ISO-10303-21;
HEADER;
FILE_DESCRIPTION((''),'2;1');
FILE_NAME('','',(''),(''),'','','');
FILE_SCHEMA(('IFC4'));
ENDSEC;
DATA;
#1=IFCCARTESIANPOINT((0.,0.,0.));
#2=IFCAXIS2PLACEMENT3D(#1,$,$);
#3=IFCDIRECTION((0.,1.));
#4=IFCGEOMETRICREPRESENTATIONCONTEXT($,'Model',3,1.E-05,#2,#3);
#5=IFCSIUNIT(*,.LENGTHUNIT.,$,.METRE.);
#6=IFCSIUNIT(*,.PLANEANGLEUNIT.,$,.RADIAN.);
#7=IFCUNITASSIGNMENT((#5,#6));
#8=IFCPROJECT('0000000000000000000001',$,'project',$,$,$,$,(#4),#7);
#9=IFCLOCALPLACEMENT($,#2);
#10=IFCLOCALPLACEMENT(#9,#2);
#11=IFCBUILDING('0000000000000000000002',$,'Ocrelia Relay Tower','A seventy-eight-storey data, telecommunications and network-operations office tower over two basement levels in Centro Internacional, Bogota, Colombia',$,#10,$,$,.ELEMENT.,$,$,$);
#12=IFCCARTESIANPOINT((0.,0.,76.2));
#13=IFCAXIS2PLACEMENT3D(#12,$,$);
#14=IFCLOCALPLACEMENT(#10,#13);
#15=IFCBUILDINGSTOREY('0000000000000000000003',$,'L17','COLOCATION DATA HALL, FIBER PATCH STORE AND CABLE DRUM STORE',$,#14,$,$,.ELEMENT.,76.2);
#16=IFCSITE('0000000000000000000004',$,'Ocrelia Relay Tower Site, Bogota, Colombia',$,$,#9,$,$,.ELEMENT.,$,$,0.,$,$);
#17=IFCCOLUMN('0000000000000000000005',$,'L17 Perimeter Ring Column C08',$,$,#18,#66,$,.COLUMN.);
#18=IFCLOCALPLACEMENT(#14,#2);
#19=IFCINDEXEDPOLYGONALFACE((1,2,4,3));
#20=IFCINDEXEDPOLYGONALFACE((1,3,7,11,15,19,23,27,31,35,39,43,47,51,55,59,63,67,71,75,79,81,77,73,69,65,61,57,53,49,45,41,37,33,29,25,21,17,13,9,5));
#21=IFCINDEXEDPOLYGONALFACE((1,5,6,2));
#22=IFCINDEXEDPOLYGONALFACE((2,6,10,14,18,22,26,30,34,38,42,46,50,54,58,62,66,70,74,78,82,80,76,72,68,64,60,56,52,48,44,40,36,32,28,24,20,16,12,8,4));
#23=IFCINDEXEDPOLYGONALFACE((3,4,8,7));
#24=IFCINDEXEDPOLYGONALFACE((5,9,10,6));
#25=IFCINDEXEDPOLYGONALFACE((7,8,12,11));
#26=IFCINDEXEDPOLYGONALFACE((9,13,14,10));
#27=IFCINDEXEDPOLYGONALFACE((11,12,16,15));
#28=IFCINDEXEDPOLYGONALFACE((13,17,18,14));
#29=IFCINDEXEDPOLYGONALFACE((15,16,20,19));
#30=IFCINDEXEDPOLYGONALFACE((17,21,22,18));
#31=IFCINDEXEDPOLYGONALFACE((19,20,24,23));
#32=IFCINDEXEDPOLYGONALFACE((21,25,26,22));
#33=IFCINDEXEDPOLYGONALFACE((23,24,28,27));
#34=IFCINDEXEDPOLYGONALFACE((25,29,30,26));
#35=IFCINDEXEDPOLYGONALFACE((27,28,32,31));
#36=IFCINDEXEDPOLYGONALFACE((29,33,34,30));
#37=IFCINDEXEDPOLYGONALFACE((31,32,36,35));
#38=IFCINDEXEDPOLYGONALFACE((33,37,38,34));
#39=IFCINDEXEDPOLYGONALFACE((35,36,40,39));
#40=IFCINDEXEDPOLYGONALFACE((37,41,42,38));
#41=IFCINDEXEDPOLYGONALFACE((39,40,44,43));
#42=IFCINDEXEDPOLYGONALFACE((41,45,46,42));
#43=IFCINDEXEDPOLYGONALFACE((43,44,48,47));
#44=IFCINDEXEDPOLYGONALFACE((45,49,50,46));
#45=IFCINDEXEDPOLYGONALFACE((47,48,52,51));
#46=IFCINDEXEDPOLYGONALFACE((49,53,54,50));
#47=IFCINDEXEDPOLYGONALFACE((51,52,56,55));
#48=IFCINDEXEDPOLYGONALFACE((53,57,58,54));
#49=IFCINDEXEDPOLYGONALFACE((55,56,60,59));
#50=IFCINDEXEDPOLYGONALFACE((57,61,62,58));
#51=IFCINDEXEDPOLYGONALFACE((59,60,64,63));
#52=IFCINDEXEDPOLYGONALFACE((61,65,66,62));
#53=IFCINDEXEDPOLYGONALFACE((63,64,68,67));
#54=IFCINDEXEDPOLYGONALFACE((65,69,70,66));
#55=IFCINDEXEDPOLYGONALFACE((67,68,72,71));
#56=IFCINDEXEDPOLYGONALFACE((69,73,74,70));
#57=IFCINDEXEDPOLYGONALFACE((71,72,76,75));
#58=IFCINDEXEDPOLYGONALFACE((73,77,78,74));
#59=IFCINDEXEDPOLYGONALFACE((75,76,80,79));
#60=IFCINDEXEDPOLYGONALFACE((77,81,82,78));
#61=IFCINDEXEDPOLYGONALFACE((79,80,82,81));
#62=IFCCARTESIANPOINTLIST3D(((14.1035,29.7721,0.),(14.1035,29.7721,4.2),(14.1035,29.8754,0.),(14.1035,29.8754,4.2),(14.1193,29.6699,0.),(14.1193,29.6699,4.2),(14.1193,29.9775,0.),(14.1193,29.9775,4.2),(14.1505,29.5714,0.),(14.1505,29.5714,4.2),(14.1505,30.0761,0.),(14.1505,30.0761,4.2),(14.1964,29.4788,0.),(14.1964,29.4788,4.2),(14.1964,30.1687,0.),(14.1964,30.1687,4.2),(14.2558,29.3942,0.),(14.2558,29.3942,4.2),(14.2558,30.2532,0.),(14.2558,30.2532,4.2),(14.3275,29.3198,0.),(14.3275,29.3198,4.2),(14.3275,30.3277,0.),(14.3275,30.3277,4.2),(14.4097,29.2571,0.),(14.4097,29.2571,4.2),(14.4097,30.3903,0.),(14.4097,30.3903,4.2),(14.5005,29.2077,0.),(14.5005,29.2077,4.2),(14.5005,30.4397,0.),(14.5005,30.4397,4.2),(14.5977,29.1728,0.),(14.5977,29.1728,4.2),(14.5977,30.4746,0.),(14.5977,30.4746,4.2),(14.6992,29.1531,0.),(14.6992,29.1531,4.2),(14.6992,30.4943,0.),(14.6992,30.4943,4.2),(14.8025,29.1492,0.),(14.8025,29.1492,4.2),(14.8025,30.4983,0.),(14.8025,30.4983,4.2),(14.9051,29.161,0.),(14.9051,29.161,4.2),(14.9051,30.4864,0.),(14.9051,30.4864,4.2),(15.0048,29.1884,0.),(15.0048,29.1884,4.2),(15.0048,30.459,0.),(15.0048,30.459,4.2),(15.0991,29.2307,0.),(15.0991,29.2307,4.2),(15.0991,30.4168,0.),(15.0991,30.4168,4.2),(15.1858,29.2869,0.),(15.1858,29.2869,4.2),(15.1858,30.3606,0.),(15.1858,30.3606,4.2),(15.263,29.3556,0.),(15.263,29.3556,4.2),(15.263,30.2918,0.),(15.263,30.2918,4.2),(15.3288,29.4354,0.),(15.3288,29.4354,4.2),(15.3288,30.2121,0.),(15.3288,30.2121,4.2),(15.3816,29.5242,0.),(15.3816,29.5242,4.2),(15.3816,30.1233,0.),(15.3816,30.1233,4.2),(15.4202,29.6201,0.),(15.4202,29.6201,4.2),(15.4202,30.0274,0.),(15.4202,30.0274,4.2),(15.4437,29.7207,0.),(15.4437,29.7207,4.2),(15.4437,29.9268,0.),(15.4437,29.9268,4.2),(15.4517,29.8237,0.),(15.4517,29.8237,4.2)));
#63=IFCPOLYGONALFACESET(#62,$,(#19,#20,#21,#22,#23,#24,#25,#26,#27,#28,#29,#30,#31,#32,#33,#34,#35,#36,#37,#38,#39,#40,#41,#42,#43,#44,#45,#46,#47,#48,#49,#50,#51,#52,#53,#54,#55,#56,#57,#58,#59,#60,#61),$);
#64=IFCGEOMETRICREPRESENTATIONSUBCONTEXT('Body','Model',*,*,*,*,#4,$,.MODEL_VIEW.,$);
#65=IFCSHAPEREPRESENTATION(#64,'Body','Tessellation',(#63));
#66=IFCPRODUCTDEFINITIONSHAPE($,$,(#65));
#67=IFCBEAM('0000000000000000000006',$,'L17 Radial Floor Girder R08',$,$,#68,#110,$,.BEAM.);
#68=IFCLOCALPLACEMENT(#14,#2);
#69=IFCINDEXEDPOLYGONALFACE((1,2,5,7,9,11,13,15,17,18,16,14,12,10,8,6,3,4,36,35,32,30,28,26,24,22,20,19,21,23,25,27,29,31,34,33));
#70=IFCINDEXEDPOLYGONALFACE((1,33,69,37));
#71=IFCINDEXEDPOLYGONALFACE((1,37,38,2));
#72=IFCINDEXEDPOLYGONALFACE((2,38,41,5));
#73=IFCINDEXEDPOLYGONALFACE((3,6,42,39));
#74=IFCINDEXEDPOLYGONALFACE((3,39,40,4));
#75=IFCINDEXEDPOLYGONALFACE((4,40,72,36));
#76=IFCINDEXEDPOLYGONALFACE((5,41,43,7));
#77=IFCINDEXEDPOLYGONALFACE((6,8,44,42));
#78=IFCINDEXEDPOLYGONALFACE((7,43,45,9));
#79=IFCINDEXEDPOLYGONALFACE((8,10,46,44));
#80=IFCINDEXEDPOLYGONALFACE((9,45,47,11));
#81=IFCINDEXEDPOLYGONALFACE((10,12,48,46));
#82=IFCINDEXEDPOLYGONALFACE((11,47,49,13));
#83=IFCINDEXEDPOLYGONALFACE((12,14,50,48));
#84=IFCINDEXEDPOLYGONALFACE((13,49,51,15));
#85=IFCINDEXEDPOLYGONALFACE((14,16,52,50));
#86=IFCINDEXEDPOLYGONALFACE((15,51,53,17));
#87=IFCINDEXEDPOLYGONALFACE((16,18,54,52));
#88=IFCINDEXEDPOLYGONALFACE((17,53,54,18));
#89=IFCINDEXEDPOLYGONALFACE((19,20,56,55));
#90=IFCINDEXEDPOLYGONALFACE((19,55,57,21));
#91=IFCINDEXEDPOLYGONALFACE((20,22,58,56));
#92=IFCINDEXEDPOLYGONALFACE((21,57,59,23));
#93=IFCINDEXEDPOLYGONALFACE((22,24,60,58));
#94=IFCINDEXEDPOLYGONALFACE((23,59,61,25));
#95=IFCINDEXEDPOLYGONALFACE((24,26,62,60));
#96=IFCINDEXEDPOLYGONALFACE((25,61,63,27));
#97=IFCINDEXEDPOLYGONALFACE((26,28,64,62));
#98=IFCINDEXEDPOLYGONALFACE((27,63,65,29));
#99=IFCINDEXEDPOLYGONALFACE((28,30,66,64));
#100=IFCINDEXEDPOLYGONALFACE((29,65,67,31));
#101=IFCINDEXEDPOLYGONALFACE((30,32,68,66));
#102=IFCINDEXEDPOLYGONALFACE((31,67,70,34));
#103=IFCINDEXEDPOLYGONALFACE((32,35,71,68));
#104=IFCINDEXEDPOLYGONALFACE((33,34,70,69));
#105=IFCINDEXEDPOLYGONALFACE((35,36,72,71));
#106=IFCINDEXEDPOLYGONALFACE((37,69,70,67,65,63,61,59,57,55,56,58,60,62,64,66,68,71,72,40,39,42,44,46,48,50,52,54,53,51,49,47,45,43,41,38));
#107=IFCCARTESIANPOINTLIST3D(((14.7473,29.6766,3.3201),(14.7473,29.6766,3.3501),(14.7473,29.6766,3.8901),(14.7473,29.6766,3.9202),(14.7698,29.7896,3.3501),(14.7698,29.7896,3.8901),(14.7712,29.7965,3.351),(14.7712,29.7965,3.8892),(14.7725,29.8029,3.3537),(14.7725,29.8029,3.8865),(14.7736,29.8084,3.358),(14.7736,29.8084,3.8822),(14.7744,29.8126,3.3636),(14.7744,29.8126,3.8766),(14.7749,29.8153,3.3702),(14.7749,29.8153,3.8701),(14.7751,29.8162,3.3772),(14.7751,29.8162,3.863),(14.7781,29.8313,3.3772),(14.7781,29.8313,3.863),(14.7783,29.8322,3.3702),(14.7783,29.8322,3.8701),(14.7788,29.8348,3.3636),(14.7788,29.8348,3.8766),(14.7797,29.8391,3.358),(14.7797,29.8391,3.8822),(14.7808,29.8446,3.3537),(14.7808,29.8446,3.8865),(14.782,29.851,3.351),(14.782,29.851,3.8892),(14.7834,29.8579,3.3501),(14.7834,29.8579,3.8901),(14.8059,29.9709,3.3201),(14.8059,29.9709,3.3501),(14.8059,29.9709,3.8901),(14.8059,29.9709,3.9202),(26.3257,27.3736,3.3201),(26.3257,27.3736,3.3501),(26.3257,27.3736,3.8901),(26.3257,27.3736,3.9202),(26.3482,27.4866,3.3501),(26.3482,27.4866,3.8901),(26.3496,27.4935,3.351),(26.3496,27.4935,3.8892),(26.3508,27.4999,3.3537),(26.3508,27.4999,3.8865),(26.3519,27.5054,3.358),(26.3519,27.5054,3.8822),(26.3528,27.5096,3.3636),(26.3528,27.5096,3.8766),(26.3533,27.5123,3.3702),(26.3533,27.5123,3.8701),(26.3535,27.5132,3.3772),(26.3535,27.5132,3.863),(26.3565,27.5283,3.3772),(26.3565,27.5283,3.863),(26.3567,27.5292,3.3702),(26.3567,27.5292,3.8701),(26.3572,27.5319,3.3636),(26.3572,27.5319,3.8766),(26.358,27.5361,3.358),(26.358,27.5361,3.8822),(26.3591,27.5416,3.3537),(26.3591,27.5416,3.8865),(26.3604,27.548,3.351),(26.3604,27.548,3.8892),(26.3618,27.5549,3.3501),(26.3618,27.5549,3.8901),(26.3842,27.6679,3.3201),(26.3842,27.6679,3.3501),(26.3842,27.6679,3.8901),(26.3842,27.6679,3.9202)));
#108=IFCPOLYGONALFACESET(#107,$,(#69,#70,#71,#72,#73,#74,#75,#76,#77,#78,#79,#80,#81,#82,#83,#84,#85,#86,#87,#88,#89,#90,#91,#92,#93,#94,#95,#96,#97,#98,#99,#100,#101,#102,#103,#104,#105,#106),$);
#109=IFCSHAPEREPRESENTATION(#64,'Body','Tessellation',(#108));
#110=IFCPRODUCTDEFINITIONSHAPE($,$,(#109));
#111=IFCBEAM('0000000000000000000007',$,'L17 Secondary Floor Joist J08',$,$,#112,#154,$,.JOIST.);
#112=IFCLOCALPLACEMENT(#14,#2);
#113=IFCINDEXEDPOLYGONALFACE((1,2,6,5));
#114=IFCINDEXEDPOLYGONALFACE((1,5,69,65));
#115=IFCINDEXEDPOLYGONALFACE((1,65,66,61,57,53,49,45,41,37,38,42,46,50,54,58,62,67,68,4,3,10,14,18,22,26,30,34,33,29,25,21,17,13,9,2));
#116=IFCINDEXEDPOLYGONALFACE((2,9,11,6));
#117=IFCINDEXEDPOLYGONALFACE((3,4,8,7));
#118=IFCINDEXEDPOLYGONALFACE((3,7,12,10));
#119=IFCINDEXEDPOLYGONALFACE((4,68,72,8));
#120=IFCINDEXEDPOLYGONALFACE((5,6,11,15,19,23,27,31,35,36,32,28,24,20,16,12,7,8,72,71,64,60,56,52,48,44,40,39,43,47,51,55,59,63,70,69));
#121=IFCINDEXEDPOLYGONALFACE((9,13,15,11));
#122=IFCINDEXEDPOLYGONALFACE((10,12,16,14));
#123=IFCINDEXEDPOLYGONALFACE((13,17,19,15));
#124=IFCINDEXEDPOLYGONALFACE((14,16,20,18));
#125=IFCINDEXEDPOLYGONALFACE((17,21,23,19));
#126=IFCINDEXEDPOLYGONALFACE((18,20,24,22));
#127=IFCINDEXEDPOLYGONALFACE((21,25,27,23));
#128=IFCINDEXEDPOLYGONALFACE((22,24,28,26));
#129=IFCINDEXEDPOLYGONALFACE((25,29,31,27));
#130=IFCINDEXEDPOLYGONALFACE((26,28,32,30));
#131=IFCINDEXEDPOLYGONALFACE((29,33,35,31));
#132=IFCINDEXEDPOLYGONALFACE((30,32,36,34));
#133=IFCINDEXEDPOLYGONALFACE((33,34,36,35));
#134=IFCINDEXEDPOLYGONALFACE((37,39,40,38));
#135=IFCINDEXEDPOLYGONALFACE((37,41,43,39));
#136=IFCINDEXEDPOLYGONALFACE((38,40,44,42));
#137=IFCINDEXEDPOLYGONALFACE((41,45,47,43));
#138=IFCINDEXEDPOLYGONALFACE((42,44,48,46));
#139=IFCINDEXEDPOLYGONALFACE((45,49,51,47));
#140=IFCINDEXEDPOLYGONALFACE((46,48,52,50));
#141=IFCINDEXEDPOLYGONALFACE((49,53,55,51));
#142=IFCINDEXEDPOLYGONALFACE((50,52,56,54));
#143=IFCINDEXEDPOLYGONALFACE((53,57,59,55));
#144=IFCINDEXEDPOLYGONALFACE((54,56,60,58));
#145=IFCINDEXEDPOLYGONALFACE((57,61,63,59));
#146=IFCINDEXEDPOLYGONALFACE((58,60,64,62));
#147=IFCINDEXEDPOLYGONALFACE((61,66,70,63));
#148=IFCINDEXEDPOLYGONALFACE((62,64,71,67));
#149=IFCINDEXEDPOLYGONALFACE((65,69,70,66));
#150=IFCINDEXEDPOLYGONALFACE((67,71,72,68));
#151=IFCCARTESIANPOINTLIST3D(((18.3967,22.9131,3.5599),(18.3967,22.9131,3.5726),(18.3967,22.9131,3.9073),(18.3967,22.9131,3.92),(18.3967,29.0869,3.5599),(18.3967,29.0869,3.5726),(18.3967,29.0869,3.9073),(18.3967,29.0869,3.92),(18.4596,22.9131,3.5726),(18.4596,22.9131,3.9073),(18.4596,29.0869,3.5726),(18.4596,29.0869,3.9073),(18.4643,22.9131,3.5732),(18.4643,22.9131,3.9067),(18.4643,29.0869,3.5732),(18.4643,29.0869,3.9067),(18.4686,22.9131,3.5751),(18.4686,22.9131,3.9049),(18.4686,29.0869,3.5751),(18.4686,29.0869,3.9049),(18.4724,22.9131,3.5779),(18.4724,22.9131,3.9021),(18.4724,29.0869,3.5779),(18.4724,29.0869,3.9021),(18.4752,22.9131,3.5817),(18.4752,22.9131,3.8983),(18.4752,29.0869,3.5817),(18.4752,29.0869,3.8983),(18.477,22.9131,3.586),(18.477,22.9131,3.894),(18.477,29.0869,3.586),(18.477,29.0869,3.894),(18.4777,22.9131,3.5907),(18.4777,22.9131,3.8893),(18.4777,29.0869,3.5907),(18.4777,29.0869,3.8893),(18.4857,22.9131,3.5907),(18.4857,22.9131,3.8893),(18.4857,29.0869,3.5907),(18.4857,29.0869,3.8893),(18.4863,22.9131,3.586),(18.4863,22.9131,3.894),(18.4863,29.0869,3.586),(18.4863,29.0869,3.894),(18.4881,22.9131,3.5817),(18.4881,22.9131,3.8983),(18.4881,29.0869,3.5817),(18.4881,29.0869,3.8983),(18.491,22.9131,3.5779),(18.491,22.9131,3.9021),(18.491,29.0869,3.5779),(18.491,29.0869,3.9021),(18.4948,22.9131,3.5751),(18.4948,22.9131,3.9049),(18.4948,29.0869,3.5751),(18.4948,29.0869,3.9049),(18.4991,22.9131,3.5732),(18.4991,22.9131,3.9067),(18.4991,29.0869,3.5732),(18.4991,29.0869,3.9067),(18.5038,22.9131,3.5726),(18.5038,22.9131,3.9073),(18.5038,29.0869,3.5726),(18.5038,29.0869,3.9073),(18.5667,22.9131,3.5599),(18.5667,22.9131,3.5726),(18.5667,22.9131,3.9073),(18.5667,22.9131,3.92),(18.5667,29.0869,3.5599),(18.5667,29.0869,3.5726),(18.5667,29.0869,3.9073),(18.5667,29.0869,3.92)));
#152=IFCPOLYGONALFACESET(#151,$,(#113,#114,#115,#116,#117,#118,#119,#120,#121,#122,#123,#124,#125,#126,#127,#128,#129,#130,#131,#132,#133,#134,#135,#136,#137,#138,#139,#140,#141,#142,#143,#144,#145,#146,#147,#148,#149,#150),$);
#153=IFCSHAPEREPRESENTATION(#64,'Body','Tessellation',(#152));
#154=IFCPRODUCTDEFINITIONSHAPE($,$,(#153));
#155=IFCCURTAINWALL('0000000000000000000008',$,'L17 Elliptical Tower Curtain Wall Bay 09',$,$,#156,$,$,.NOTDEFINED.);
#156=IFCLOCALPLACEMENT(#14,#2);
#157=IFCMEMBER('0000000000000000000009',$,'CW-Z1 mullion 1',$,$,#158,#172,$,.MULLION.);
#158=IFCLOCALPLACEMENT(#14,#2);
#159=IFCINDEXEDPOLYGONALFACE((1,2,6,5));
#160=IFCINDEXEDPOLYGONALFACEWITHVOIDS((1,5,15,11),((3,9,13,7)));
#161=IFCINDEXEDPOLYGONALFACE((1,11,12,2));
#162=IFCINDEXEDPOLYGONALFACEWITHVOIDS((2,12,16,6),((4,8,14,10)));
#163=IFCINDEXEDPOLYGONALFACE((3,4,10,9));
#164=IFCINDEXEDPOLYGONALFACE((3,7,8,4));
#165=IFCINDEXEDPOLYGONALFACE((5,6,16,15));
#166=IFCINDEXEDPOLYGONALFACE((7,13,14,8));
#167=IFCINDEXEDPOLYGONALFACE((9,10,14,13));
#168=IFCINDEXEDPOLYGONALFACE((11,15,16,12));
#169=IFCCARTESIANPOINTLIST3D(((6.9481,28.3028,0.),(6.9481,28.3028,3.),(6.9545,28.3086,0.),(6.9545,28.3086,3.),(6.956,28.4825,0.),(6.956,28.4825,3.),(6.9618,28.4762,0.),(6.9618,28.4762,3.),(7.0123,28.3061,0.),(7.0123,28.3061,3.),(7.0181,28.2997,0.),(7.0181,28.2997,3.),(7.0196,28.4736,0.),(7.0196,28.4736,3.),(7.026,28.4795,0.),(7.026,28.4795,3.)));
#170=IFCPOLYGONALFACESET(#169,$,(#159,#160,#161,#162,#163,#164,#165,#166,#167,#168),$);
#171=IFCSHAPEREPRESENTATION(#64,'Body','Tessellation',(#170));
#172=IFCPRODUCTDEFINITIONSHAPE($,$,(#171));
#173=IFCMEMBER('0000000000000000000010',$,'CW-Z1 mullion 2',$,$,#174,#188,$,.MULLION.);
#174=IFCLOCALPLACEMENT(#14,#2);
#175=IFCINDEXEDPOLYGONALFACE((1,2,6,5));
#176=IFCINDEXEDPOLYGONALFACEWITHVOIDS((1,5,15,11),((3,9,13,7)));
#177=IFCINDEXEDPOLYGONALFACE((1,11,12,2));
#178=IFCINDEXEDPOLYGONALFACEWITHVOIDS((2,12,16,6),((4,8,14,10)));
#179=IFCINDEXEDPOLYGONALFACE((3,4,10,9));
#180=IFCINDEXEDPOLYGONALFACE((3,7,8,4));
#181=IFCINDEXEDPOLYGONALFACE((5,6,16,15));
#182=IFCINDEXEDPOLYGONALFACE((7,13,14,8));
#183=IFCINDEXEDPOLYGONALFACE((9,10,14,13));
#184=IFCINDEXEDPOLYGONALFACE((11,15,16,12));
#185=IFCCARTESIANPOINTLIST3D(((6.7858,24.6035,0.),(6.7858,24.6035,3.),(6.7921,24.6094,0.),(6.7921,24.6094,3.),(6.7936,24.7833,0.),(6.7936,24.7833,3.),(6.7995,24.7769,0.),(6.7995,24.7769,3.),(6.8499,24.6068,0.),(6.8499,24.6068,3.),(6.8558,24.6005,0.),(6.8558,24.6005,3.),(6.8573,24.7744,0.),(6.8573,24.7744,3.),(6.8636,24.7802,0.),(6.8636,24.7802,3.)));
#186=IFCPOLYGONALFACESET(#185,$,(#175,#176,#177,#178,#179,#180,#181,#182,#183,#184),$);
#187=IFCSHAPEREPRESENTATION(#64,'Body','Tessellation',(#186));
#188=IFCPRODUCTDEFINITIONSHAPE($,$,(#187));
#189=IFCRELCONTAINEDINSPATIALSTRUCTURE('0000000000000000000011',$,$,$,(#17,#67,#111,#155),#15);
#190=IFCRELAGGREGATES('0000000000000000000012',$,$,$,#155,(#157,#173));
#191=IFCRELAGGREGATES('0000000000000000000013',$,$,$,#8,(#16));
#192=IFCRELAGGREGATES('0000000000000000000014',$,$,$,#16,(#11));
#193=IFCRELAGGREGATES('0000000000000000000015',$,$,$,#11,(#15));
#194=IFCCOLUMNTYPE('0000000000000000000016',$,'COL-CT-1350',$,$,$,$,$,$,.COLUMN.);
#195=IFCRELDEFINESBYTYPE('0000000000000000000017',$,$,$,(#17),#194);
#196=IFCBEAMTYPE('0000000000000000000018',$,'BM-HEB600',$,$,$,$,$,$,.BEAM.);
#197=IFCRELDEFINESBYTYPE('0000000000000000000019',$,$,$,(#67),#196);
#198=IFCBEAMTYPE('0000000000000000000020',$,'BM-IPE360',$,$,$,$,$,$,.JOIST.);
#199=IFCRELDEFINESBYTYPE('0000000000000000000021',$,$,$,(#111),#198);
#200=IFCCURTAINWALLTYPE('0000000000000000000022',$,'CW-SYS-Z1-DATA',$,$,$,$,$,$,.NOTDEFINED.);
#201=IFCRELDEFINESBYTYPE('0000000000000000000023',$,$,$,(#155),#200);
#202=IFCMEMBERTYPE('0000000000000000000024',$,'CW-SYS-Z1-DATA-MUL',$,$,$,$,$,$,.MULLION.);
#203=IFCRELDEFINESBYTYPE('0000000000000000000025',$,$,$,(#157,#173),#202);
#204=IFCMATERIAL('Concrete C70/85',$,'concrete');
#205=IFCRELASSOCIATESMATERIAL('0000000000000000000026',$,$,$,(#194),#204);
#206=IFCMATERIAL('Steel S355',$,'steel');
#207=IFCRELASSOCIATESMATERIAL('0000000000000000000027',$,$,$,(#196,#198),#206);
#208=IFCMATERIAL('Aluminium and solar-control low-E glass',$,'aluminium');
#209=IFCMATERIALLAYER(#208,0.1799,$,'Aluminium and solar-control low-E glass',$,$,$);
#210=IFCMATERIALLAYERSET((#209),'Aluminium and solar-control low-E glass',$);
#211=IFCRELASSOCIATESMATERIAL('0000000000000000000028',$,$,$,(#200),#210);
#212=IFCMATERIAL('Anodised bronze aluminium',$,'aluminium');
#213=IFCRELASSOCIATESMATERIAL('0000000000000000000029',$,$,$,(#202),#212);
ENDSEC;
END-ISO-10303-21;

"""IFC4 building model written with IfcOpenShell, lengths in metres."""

from ifc_helpers import new_model, si_unit, direction, frame, origin, origin_2d, place, context, subcontext, project, spatial, hollow_rectangle, circle, i_section, extrude, material, layer, layer_set, material_profile, profile_set, type_object, element, aggregate, save


model = new_model("IFC4")

# Units and contexts
model_context = context("Model", 3, precision=1e-05, world=origin(), true_north=direction((0.0, 1.0)))
body_context = subcontext(model_context, "Body", "Model", "MODEL_VIEW")
ifc_project = project(units=[si_unit("LENGTHUNIT", "METRE"), si_unit("PLANEANGLEUNIT", "RADIAN")], contexts=[model_context])

# Site, building, storey
site_placement = place(None, origin())
site = spatial("IfcSite", under=ifc_project, at=site_placement, Name="Ocrelia Relay Tower Site, Bogota, Colombia", CompositionType="ELEMENT", RefElevation=0.0)
building_placement = place(site_placement, origin())
building = spatial("IfcBuilding", under=site, at=building_placement, Name="Ocrelia Relay Tower", Description="A seventy-eight-storey data, telecommunications and network-operations office tower over two basement levels in Centro Internacional, Bogota, Colombia", CompositionType="ELEMENT")
storey_placement = place(building_placement, frame((0.0, 0.0, 76.2)))
storey = spatial("IfcBuildingStorey", under=building, at=storey_placement, Name="L17", Description="COLOCATION DATA HALL, FIBER PATCH STORE AND CABLE DRUM STORE", CompositionType="ELEMENT", Elevation=76.2)

# Column
ifc_material_1 = material(Name="Concrete C70/85", Category="concrete")
ifc_material_profile_1 = material_profile(ifc_material_1, circle(Radius=0.675, at=origin_2d()), Name="RC-CIR-1350")
ifc_profile_set_1 = profile_set([ifc_material_profile_1], Name="Concrete C70/85")
column_type = type_object("IfcColumnType", Name="COL-CT-1350", PredefinedType="COLUMN", material=ifc_profile_set_1)
column_placement = place(storey_placement, frame((14.7766, 29.8237, 0.0), z_axis=(0.0, 0.0, 1.0), x_axis=(1.0, 0.0, 0.0)))
element("IfcColumn", 1, at=column_placement, inside=storey, type_object=column_type, Name="L17 Perimeter Ring Column C08", PredefinedType="COLUMN", context=body_context, shape_type="SweptSolid", body=[
    extrude(circle(Radius=0.675, at=origin_2d()), origin(), (0.0, 0.0, 1.0), 4.2),
])

# Beams
ifc_material_2 = material(Name="Steel S355", Category="steel")
ifc_material_profile_2 = material_profile(ifc_material_2, i_section(OverallWidth=0.3, OverallDepth=0.6001, WebThickness=0.0154, FlangeThickness=0.03, FilletRadius=0.0271, at=origin_2d()), Name="HEB 600")
ifc_profile_set_2 = profile_set([ifc_material_profile_2], Name="Steel S355")
beam_type_1 = type_object("IfcBeamType", Name="BM-HEB600", PredefinedType="BEAM", material=ifc_profile_set_2)
beam_1_placement = place(storey_placement, frame((14.7766, 29.8237, 3.6201), z_axis=(0.980787, -0.195082, 0.0), x_axis=(0.195082, 0.980787, 0.0)))
element("IfcBeam", 2, at=beam_1_placement, inside=storey, type_object=beam_type_1, Name="L17 Radial Floor Girder R08", PredefinedType="BEAM", context=body_context, shape_type="SweptSolid", body=[
    extrude(i_section(OverallWidth=0.3, OverallDepth=0.6001, WebThickness=0.0154, FlangeThickness=0.03, FilletRadius=0.0271, at=origin_2d()), origin(), (0.0, 0.0, 1.0), 11.8052),
])
ifc_material_profile_3 = material_profile(ifc_material_2, i_section(OverallWidth=0.1699, OverallDepth=0.3601, WebThickness=0.0081, FlangeThickness=0.0127, FilletRadius=0.0181, at=origin_2d()), Name="IPE 360")
ifc_profile_set_3 = profile_set([ifc_material_profile_3], Name="Steel S355")
beam_type_2 = type_object("IfcBeamType", Name="BM-IPE360", PredefinedType="JOIST", material=ifc_profile_set_3)
beam_2_placement = place(storey_placement, frame((18.4817, 29.0869, 3.74), z_axis=(0.0, -1.0, 0.0), x_axis=(1.0, 0.0, 0.0)))
element("IfcBeam", 3, at=beam_2_placement, inside=storey, type_object=beam_type_2, Name="L17 Secondary Floor Joist J08", PredefinedType="JOIST", context=body_context, shape_type="SweptSolid", body=[
    extrude(i_section(OverallWidth=0.1699, OverallDepth=0.3601, WebThickness=0.0081, FlangeThickness=0.0127, FilletRadius=0.0181, at=origin_2d()), origin(), (0.0, 0.0, 1.0), 6.1738),
])

# Curtain wall, members
ifc_material_3 = material(Name="Aluminium and solar-control low-E glass", Category="aluminium")
ifc_layer_1 = layer(ifc_material_3, 0.1799, Name="Aluminium and solar-control low-E glass")
ifc_layer_set_1 = layer_set([ifc_layer_1], Name="Aluminium and solar-control low-E glass")
curtain_wall_type = type_object("IfcCurtainWallType", Name="CW-SYS-Z1-DATA", PredefinedType="NOTDEFINED", material=ifc_layer_set_1)
curtain_wall_placement = place(storey_placement, origin())
curtain_wall = element("IfcCurtainWall", 4, at=curtain_wall_placement, inside=storey, type_object=curtain_wall_type, Name="L17 Elliptical Tower Curtain Wall Bay 09", PredefinedType="NOTDEFINED")
ifc_material_4 = material(Name="Anodised bronze aluminium", Category="aluminium")
ifc_material_profile_4 = material_profile(ifc_material_4, hollow_rectangle(XDim=0.0701, YDim=0.1799, WallThickness=0.0061, at=origin_2d()), Name="CW-MUL-180x70")
ifc_profile_set_4 = profile_set([ifc_material_profile_4], Name="Anodised bronze aluminium")
member_type_1 = type_object("IfcMemberType", Name="CW-SYS-Z1-DATA-MUL", PredefinedType="MULLION", material=ifc_profile_set_4)
member_1_placement = place(storey_placement, frame((6.9871, 28.3911, 0.0), z_axis=(0.0, 0.0, 1.0), x_axis=(0.99904, -0.043797, 0.0)))
member_1 = element("IfcMember", 5, at=member_1_placement, type_object=member_type_1, Name="CW-Z1 mullion 1", PredefinedType="MULLION", context=body_context, shape_type="SweptSolid", body=[
    extrude(hollow_rectangle(XDim=0.0701, YDim=0.1799, WallThickness=0.0061, at=origin_2d()), origin(), (0.0, 0.0, 1.0), 3.0),
])
member_2_placement = place(storey_placement, frame((6.8247, 24.6919, 0.0), z_axis=(0.0, 0.0, 1.0), x_axis=(0.99904, -0.043797, 0.0)))
member_2 = element("IfcMember", 6, at=member_2_placement, type_object=member_type_1, Name="CW-Z1 mullion 2", PredefinedType="MULLION", context=body_context, shape_type="SweptSolid", body=[
    extrude(hollow_rectangle(XDim=0.0701, YDim=0.1799, WallThickness=0.0061, at=origin_2d()), origin(), (0.0, 0.0, 1.0), 3.0),
])
aggregate(curtain_wall, [member_1, member_2])

save(model, "model.ifc")
